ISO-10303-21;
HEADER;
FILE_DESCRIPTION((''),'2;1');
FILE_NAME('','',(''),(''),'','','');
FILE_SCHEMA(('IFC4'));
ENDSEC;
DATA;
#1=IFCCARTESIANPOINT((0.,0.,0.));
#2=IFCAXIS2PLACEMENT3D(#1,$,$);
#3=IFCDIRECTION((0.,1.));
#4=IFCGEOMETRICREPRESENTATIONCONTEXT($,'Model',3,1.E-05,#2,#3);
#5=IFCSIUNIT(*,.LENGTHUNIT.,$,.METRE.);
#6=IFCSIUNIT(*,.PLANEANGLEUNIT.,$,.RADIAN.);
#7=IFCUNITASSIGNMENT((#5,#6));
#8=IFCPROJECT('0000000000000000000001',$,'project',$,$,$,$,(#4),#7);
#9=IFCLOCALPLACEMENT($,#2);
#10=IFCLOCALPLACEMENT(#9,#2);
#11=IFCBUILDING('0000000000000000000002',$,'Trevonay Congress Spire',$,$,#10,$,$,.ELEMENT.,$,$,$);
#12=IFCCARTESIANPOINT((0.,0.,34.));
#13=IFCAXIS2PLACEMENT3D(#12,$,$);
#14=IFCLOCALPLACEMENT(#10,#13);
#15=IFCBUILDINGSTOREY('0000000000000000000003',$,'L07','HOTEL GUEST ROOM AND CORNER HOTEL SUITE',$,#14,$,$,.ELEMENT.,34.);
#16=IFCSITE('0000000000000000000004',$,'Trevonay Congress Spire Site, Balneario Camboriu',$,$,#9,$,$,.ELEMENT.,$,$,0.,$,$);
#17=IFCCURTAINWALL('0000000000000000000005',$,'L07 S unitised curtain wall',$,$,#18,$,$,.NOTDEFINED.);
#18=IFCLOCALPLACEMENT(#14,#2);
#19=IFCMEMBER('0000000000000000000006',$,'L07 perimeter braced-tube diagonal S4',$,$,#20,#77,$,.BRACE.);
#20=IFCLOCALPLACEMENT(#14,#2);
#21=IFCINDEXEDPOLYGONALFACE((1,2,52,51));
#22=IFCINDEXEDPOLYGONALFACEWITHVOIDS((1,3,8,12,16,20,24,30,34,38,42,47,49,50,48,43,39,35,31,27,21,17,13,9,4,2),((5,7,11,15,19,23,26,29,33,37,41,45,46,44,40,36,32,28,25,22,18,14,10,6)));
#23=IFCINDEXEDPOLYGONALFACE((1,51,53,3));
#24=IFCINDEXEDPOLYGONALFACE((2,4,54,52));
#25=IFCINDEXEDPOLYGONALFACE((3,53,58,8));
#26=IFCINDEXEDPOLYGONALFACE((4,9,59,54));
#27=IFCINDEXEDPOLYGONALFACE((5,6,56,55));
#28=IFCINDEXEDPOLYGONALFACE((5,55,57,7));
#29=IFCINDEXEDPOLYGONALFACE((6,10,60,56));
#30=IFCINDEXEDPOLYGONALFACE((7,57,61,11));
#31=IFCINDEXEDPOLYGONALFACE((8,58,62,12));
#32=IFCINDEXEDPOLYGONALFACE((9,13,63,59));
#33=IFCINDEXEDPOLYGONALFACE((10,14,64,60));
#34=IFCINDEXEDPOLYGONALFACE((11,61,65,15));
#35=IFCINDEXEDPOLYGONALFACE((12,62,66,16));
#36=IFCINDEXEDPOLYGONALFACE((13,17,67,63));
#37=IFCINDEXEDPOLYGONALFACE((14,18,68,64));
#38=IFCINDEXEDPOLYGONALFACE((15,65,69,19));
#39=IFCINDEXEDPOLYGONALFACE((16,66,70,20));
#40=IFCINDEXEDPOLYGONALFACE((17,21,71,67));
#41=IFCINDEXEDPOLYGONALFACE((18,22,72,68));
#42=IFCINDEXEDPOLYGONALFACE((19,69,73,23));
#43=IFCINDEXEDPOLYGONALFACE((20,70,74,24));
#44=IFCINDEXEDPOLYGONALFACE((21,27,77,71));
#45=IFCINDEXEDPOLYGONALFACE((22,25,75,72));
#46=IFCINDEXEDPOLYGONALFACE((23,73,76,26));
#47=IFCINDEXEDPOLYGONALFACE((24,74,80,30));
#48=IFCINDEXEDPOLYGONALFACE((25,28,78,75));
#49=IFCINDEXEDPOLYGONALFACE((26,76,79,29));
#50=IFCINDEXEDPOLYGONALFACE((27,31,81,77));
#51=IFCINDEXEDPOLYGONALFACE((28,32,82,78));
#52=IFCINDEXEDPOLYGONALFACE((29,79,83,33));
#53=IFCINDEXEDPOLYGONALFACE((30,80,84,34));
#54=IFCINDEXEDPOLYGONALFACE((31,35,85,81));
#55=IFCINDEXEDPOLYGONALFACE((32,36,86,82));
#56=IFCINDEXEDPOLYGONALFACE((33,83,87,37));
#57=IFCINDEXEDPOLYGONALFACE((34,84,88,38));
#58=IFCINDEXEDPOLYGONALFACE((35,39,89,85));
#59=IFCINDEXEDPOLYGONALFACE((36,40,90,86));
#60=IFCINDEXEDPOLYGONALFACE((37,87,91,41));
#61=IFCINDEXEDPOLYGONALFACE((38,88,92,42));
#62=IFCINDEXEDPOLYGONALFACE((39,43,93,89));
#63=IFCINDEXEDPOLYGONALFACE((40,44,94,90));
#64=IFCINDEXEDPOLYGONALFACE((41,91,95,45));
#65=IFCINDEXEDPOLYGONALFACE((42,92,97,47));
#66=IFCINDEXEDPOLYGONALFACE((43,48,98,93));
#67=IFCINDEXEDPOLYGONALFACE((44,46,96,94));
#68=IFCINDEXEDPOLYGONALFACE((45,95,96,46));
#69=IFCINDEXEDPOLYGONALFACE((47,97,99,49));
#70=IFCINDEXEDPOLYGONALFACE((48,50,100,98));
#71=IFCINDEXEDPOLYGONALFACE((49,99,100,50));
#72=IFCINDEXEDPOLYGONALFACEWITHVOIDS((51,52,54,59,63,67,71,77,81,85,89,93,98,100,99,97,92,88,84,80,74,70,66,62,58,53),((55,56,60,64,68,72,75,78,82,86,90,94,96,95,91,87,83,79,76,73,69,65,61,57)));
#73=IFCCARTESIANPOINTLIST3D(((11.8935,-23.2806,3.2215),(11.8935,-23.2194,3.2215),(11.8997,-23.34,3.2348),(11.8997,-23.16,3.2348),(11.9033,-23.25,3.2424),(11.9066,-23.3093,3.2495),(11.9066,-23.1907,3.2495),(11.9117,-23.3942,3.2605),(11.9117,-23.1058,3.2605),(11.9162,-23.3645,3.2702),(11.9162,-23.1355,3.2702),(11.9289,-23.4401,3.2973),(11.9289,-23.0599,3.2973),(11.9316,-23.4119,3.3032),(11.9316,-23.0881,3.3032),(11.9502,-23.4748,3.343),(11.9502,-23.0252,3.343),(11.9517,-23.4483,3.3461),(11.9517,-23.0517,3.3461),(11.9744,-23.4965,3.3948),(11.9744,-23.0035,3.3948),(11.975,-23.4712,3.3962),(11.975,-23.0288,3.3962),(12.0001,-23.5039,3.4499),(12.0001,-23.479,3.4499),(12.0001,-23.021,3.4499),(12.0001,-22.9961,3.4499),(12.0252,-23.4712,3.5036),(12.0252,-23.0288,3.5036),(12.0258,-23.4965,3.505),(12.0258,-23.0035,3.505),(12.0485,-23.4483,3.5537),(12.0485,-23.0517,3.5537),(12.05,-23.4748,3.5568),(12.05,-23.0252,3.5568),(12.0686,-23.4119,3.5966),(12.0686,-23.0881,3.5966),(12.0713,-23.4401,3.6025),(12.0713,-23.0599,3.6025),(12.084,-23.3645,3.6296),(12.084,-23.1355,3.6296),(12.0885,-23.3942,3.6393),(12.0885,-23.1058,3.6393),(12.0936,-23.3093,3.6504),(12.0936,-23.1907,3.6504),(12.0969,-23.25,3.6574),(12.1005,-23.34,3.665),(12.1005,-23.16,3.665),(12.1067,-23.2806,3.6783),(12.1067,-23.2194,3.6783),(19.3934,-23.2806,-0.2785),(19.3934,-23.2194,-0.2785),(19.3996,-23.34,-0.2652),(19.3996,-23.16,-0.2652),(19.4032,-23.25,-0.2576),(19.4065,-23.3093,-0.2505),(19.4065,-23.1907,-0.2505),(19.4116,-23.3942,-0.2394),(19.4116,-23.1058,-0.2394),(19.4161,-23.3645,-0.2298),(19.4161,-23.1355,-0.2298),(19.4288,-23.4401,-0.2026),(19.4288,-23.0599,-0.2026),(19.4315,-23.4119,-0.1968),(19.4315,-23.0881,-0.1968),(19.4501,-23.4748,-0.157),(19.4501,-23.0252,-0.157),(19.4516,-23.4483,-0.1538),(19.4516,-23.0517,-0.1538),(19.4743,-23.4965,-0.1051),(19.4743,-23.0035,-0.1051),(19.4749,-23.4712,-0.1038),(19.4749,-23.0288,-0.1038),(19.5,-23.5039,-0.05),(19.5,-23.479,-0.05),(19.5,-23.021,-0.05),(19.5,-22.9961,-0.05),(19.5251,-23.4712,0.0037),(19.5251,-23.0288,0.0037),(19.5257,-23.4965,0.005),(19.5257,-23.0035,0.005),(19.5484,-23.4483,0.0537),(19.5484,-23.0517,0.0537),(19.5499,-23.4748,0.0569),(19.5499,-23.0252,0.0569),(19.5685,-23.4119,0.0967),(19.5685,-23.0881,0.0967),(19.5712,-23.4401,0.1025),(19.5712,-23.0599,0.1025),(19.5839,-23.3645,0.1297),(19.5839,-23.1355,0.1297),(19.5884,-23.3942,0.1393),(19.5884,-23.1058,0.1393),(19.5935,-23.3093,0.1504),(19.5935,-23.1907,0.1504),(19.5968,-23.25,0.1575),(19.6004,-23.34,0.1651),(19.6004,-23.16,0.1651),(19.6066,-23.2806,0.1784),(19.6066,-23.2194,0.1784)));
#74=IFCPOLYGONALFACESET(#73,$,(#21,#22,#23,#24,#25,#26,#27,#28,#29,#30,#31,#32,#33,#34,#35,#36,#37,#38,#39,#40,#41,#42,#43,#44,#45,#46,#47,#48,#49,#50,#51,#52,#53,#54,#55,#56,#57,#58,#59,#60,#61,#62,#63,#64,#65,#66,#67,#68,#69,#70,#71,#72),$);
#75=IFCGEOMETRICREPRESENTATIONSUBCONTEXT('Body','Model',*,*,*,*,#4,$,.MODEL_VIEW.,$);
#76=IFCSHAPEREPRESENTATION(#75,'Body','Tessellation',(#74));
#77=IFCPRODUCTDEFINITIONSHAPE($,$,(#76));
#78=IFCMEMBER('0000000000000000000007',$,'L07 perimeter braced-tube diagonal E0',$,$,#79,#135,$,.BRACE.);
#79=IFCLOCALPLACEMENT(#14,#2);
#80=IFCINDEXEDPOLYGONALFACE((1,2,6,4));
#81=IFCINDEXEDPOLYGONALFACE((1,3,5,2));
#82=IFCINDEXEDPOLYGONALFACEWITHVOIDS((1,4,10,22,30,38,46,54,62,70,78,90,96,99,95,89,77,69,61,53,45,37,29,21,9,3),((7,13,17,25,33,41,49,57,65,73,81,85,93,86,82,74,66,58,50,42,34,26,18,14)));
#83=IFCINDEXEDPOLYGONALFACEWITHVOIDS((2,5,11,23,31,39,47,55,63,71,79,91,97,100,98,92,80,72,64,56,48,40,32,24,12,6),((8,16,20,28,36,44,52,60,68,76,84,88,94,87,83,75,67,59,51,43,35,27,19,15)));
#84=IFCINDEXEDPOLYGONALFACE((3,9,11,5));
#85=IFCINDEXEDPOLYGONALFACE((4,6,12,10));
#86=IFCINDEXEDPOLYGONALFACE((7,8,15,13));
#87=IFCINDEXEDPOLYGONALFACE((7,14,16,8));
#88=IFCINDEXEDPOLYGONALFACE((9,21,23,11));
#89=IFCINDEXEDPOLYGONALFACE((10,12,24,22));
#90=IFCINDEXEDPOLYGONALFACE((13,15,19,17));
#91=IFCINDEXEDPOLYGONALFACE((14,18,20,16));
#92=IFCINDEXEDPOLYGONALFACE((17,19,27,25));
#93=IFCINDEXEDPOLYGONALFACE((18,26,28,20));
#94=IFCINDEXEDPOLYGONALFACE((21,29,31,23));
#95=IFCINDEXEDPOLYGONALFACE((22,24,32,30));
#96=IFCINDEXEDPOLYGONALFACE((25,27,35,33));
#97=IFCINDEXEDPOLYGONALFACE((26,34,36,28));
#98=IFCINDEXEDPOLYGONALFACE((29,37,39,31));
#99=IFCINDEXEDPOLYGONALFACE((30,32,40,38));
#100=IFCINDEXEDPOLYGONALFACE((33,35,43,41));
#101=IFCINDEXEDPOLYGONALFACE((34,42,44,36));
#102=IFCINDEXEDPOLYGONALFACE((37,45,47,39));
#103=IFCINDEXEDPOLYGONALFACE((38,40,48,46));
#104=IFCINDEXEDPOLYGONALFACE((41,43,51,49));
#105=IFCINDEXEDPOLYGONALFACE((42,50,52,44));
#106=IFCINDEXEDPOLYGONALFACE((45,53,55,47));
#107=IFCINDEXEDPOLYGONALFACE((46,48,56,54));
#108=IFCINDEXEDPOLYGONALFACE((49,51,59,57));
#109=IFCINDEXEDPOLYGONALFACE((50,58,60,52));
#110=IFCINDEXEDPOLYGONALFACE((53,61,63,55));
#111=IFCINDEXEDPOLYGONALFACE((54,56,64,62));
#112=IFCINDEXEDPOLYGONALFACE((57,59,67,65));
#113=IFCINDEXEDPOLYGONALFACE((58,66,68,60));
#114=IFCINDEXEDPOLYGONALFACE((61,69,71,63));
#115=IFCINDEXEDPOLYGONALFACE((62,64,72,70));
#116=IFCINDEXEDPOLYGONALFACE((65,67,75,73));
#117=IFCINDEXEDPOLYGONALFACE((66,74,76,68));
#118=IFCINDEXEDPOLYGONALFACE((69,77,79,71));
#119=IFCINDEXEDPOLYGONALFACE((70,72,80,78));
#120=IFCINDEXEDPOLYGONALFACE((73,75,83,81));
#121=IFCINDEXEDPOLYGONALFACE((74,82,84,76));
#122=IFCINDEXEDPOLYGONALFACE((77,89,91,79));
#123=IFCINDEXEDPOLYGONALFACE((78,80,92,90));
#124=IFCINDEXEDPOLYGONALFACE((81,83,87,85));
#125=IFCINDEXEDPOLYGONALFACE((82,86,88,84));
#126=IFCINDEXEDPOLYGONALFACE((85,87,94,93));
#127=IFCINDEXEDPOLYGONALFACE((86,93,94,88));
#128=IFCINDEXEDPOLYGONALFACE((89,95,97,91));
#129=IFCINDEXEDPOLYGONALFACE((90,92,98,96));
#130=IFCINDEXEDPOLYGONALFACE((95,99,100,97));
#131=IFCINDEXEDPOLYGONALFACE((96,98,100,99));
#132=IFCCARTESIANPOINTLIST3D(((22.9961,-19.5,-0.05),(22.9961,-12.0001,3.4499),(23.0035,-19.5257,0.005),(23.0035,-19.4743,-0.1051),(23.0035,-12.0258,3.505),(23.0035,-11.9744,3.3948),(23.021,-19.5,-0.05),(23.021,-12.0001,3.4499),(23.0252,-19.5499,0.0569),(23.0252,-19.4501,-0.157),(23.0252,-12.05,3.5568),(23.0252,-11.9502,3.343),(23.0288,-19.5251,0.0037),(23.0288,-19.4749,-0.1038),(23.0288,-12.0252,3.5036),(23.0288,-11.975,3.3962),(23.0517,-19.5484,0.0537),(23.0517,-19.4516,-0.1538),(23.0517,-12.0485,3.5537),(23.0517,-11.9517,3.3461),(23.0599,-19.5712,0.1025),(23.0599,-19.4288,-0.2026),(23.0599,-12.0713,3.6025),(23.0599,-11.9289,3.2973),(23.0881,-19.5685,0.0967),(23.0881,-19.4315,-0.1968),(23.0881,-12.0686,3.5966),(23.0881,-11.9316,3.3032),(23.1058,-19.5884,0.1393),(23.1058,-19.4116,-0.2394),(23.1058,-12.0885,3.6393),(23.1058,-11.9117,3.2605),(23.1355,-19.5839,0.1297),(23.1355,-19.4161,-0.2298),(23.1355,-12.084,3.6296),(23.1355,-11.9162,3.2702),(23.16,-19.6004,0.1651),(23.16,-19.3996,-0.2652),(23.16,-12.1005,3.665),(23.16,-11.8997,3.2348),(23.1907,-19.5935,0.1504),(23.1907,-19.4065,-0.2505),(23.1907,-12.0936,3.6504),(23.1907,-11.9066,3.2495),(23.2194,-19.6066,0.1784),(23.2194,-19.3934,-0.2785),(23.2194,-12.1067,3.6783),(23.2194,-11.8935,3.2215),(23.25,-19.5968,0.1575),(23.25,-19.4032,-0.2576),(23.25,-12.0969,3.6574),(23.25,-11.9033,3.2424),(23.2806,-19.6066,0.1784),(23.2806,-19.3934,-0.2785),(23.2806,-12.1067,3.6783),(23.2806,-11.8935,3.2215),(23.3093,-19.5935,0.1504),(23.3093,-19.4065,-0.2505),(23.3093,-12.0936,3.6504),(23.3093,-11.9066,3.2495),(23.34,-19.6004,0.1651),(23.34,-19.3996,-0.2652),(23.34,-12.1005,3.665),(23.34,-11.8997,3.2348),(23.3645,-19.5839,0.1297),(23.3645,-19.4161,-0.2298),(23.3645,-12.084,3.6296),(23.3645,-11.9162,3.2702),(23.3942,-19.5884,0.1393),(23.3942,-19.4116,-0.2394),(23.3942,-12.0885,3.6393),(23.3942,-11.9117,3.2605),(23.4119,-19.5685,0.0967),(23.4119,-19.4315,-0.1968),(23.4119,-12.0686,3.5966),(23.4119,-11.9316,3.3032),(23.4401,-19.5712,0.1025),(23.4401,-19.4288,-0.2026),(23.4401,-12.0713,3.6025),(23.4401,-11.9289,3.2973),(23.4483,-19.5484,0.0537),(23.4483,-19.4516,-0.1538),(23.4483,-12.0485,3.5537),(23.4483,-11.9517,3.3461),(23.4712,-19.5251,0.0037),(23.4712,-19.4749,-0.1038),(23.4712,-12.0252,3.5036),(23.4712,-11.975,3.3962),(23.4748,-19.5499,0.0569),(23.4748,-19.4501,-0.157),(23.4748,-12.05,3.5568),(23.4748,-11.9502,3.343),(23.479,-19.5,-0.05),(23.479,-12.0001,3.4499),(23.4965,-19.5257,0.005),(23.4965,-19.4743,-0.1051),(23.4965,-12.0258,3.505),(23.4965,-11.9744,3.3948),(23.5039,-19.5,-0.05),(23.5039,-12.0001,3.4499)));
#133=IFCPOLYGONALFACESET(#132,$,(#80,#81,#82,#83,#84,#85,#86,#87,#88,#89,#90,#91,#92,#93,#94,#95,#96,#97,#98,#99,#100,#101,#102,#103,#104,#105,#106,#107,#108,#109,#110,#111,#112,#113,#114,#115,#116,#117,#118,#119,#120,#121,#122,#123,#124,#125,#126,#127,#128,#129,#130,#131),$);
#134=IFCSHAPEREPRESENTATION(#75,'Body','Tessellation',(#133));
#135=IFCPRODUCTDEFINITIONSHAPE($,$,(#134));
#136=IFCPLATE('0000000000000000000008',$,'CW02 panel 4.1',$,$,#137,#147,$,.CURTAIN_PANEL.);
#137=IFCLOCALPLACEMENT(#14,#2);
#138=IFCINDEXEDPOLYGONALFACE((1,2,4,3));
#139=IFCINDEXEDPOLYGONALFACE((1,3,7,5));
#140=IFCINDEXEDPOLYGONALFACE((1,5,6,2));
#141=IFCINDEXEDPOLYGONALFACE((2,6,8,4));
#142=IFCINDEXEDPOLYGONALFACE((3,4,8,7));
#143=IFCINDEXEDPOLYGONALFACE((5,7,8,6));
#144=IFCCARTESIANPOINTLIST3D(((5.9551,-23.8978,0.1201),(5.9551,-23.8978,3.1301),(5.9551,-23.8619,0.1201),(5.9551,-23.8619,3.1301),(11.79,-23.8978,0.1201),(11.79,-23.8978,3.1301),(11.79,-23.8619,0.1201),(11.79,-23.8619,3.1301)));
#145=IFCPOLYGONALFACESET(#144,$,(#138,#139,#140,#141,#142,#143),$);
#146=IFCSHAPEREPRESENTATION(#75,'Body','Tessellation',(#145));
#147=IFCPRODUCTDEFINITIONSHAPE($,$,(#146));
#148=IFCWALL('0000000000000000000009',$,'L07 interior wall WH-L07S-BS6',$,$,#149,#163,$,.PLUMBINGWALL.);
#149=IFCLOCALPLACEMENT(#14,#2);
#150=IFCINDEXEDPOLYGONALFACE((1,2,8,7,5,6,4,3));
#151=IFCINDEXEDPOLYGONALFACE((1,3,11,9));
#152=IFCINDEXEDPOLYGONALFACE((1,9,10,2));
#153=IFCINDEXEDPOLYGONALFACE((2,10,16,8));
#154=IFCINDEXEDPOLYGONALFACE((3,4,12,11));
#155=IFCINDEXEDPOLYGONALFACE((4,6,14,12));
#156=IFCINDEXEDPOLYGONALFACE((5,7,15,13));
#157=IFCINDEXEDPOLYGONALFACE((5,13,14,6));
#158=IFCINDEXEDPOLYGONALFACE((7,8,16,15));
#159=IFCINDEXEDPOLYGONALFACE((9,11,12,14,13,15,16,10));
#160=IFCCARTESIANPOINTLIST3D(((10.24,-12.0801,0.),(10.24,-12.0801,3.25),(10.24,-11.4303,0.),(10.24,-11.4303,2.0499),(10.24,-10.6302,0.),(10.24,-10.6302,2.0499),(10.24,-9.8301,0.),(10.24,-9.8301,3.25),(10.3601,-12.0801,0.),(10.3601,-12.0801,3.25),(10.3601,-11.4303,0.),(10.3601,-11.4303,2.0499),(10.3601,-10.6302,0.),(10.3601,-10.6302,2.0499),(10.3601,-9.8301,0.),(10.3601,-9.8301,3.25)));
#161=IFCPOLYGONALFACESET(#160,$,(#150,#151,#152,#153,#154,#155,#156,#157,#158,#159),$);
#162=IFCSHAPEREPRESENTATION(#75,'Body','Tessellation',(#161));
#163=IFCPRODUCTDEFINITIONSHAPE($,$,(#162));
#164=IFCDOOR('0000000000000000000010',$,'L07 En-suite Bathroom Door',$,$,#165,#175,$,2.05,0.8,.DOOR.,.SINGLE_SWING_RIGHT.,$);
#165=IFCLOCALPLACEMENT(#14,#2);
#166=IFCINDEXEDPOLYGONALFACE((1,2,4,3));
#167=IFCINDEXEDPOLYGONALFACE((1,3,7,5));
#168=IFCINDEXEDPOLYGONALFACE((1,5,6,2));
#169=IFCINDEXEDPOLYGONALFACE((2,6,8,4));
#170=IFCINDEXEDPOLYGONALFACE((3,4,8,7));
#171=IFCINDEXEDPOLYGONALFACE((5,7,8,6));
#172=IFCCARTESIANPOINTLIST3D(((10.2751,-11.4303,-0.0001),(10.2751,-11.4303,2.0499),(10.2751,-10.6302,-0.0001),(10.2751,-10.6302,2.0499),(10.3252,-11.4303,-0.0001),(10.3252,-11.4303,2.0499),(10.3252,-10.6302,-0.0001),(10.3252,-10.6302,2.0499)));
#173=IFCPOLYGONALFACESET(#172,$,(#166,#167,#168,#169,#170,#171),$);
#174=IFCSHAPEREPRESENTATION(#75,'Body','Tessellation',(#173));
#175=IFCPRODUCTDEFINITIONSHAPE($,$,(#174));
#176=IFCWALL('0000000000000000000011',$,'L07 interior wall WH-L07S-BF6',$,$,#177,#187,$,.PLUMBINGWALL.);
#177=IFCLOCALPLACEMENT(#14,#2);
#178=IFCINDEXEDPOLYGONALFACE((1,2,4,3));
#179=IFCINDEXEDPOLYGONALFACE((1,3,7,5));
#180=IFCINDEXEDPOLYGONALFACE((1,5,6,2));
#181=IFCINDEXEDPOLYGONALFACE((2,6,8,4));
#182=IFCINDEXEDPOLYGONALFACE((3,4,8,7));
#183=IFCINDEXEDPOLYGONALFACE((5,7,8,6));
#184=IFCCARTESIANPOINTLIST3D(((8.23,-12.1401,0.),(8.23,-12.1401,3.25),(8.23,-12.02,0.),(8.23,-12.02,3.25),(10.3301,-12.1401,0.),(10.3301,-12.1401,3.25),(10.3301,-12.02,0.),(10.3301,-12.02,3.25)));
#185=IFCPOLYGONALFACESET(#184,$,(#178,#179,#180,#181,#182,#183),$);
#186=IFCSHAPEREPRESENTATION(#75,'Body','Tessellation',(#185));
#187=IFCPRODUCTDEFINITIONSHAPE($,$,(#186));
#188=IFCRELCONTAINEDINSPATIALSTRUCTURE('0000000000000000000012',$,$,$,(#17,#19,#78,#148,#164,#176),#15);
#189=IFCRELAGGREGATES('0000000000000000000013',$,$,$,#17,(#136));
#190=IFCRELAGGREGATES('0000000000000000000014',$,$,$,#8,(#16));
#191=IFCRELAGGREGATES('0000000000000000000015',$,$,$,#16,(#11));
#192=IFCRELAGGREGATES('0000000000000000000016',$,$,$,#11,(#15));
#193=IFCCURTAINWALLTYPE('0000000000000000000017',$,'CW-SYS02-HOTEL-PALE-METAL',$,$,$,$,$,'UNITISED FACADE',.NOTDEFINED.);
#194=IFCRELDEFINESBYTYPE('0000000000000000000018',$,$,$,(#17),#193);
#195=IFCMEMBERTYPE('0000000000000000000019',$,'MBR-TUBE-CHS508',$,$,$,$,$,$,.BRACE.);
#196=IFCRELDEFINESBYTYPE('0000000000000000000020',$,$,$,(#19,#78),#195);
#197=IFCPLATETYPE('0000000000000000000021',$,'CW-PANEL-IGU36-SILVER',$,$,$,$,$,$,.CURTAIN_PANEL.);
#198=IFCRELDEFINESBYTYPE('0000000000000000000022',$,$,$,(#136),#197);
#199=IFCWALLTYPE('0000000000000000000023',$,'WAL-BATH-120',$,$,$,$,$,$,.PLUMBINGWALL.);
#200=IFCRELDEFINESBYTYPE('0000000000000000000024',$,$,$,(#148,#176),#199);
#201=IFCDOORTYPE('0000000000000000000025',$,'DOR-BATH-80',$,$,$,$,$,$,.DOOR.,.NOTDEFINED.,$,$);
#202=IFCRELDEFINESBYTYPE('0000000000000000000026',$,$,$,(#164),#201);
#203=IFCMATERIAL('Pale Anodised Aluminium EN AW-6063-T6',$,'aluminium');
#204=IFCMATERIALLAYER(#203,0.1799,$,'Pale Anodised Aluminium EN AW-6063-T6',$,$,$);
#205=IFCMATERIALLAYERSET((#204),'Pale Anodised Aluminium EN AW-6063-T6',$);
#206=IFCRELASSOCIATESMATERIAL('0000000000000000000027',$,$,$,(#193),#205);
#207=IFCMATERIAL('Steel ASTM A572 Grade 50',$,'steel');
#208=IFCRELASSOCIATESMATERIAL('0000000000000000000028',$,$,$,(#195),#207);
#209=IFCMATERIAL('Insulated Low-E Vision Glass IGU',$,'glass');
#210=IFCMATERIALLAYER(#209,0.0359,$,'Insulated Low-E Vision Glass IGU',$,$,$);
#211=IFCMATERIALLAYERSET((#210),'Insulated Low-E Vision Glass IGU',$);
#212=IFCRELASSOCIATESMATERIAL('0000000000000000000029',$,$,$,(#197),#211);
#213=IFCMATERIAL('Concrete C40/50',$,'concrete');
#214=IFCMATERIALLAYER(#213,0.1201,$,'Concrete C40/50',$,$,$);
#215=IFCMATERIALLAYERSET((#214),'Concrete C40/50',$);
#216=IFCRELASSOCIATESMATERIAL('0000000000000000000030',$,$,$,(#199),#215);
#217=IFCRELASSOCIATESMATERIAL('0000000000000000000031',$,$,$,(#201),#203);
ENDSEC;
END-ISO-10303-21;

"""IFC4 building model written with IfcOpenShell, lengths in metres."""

from ifc_helpers import new_model, si_unit, direction, frame, frame_2d, origin, origin_2d, place, context, subcontext, project, spatial, rectangle, hollow_circle, extrude, material, layer, layer_set, material_profile, profile_set, type_object, element, fill, aggregate, save


model = new_model("IFC4")

# Units and contexts
model_context = context("Model", 3, precision=1e-05, world=origin(), true_north=direction((0.0, 1.0)))
body_context = subcontext(model_context, "Body", "Model", "MODEL_VIEW")
ifc_project = project(units=[si_unit("LENGTHUNIT", "METRE"), si_unit("PLANEANGLEUNIT", "RADIAN")], contexts=[model_context])

# Site, building, storey
site_placement = place(None, origin())
site = spatial("IfcSite", under=ifc_project, at=site_placement, Name="Trevonay Congress Spire Site, Balneario Camboriu", CompositionType="ELEMENT", RefElevation=0.0)
building_placement = place(site_placement, origin())
building = spatial("IfcBuilding", under=site, at=building_placement, Name="Trevonay Congress Spire", CompositionType="ELEMENT")
storey_placement = place(building_placement, frame((0.0, 0.0, 34.0)))
storey = spatial("IfcBuildingStorey", under=building, at=storey_placement, Name="L07", Description="HOTEL GUEST ROOM AND CORNER HOTEL SUITE", CompositionType="ELEMENT", Elevation=34.0)

# Shared definitions
ifc_material_1 = material(Name="Steel ASTM A572 Grade 50", Category="steel")

# Curtain wall
ifc_material_2 = material(Name="Pale Anodised Aluminium EN AW-6063-T6", Category="aluminium")
ifc_layer_1 = layer(ifc_material_2, 0.1799, Name="Pale Anodised Aluminium EN AW-6063-T6")
ifc_layer_set_1 = layer_set([ifc_layer_1], Name="Pale Anodised Aluminium EN AW-6063-T6")
curtain_wall_type = type_object("IfcCurtainWallType", Name="CW-SYS02-HOTEL-PALE-METAL", ElementType="UNITISED FACADE", PredefinedType="NOTDEFINED", material=ifc_layer_set_1)
curtain_wall_placement = place(storey_placement, origin())
curtain_wall = element("IfcCurtainWall", 1, at=curtain_wall_placement, inside=storey, type_object=curtain_wall_type, Name="L07 S unitised curtain wall", PredefinedType="NOTDEFINED")

# Members
ifc_material_profile_1 = material_profile(ifc_material_1, hollow_circle(Radius=0.2539, WallThickness=0.0249, at=origin_2d()), Name="CHS 508x25")
ifc_profile_set_1 = profile_set([ifc_material_profile_1], Name="Steel ASTM A572 Grade 50")
member_type_1 = type_object("IfcMemberType", Name="MBR-TUBE-CHS508", PredefinedType="BRACE", material=ifc_profile_set_1)
for number, where, z_axis, x_axis, name in (
    (2, (19.5, -23.25, -0.05), (-0.906183, 0.0, 0.422885), (0.0, -1.0, 0.0), "L07 perimeter braced-tube diagonal S4"),
    (3, (23.25, -19.5, -0.05), (0.0, 0.906183, 0.422885), (-1.0, 0.0, 0.0), "L07 perimeter braced-tube diagonal E0"),
):
    element("IfcMember", number, at=place(storey_placement, frame(where, z_axis=z_axis, x_axis=x_axis)), inside=storey, type_object=member_type_1, Name=name, PredefinedType="BRACE", context=body_context, shape_type="SweptSolid", body=[
        extrude(hollow_circle(Radius=0.2539, WallThickness=0.0249, at=origin_2d()), origin(), (0.0, 0.0, 1.0), 8.2764),
    ])

# Plate
ifc_material_3 = material(Name="Insulated Low-E Vision Glass IGU", Category="glass")
ifc_layer_2 = layer(ifc_material_3, 0.0359, Name="Insulated Low-E Vision Glass IGU")
ifc_layer_set_2 = layer_set([ifc_layer_2], Name="Insulated Low-E Vision Glass IGU")
plate_type = type_object("IfcPlateType", Name="CW-PANEL-IGU36-SILVER", PredefinedType="CURTAIN_PANEL", material=ifc_layer_set_2)
plate_placement = place(storey_placement, frame((8.8726, -23.8799, 0.1201), z_axis=(0.0, 0.0, 1.0), x_axis=(1.0, 0.0, 0.0)))
plate = element("IfcPlate", 4, at=plate_placement, type_object=plate_type, Name="CW02 panel 4.1", PredefinedType="CURTAIN_PANEL", context=body_context, shape_type="SweptSolid", body=[
    extrude(rectangle(XDim=5.835, YDim=0.0359, at=origin_2d()), origin(), (0.0, 0.0, 1.0), 3.01),
])
aggregate(curtain_wall, [plate])

# Wall, opening, door
ifc_material_4 = material(Name="Concrete C40/50", Category="concrete")
ifc_layer_3 = layer(ifc_material_4, 0.1201, Name="Concrete C40/50")
ifc_layer_set_3 = layer_set([ifc_layer_3], Name="Concrete C40/50")
wall_type_1 = type_object("IfcWallType", Name="WAL-BATH-120", PredefinedType="PLUMBINGWALL", material=ifc_layer_set_3)
wall_1_placement = place(storey_placement, frame((10.3, -12.0801, 0.0), z_axis=(0.0, 0.0, 1.0), x_axis=(0.0, 1.0, 0.0)))
wall_1 = element("IfcWall", 5, at=wall_1_placement, inside=storey, type_object=wall_type_1, Name="L07 interior wall WH-L07S-BS6", PredefinedType="PLUMBINGWALL", context=body_context, shape_type="SweptSolid", body=[
    extrude(rectangle(XDim=2.25, YDim=0.1201, at=frame_2d((1.125, 0.0))), origin(), (0.0, 0.0, 1.0), 3.25),
])
opening_1_placement = place(wall_1_placement, frame((0.6499, 0.0, 0.0)))
opening_1 = element("IfcOpeningElement", 6, at=opening_1_placement, cuts=wall_1, PredefinedType="OPENING", context=body_context, shape_type="SweptSolid", body=[
    extrude(rectangle(XDim=0.8, YDim=2.05, at=frame_2d((0.3999, 1.0249))), frame((0.0, 0.0701, 0.0), z_axis=(0.0, -1.0, 0.0), x_axis=(1.0, 0.0, 0.0)), (0.0, 0.0, 1.0), 0.1401),
])
door_type = type_object("IfcDoorType", Name="DOR-BATH-80", OperationType="NOTDEFINED", PredefinedType="DOOR", material=ifc_material_2)
door_placement = place(opening_1_placement, origin())
door = element("IfcDoor", 7, at=door_placement, inside=storey, type_object=door_type, Name="L07 En-suite Bathroom Door", OperationType="SINGLE_SWING_RIGHT", OverallHeight=2.05, OverallWidth=0.8, PredefinedType="DOOR", context=body_context, shape_type="SweptSolid", body=[
    extrude(rectangle(XDim=0.8, YDim=2.05, at=frame_2d((0.3999, 1.0249))), frame((0.0, 0.0249, 0.0), z_axis=(0.0, -1.0, 0.0), x_axis=(1.0, 0.0, 0.0)), (0.0, 0.0, 1.0), 0.05),
])
fill(opening_1, door)

# Wall
wall_2_placement = place(storey_placement, frame((8.23, -12.0801, 0.0), z_axis=(0.0, 0.0, 1.0), x_axis=(1.0, 0.0, 0.0)))
element("IfcWall", 8, at=wall_2_placement, inside=storey, type_object=wall_type_1, Name="L07 interior wall WH-L07S-BF6", PredefinedType="PLUMBINGWALL", context=body_context, shape_type="SweptSolid", body=[
    extrude(rectangle(XDim=2.1001, YDim=0.1201, at=frame_2d((1.05, 0.0))), origin(), (0.0, 0.0, 1.0), 3.25),
])

save(model, "model.ifc")
